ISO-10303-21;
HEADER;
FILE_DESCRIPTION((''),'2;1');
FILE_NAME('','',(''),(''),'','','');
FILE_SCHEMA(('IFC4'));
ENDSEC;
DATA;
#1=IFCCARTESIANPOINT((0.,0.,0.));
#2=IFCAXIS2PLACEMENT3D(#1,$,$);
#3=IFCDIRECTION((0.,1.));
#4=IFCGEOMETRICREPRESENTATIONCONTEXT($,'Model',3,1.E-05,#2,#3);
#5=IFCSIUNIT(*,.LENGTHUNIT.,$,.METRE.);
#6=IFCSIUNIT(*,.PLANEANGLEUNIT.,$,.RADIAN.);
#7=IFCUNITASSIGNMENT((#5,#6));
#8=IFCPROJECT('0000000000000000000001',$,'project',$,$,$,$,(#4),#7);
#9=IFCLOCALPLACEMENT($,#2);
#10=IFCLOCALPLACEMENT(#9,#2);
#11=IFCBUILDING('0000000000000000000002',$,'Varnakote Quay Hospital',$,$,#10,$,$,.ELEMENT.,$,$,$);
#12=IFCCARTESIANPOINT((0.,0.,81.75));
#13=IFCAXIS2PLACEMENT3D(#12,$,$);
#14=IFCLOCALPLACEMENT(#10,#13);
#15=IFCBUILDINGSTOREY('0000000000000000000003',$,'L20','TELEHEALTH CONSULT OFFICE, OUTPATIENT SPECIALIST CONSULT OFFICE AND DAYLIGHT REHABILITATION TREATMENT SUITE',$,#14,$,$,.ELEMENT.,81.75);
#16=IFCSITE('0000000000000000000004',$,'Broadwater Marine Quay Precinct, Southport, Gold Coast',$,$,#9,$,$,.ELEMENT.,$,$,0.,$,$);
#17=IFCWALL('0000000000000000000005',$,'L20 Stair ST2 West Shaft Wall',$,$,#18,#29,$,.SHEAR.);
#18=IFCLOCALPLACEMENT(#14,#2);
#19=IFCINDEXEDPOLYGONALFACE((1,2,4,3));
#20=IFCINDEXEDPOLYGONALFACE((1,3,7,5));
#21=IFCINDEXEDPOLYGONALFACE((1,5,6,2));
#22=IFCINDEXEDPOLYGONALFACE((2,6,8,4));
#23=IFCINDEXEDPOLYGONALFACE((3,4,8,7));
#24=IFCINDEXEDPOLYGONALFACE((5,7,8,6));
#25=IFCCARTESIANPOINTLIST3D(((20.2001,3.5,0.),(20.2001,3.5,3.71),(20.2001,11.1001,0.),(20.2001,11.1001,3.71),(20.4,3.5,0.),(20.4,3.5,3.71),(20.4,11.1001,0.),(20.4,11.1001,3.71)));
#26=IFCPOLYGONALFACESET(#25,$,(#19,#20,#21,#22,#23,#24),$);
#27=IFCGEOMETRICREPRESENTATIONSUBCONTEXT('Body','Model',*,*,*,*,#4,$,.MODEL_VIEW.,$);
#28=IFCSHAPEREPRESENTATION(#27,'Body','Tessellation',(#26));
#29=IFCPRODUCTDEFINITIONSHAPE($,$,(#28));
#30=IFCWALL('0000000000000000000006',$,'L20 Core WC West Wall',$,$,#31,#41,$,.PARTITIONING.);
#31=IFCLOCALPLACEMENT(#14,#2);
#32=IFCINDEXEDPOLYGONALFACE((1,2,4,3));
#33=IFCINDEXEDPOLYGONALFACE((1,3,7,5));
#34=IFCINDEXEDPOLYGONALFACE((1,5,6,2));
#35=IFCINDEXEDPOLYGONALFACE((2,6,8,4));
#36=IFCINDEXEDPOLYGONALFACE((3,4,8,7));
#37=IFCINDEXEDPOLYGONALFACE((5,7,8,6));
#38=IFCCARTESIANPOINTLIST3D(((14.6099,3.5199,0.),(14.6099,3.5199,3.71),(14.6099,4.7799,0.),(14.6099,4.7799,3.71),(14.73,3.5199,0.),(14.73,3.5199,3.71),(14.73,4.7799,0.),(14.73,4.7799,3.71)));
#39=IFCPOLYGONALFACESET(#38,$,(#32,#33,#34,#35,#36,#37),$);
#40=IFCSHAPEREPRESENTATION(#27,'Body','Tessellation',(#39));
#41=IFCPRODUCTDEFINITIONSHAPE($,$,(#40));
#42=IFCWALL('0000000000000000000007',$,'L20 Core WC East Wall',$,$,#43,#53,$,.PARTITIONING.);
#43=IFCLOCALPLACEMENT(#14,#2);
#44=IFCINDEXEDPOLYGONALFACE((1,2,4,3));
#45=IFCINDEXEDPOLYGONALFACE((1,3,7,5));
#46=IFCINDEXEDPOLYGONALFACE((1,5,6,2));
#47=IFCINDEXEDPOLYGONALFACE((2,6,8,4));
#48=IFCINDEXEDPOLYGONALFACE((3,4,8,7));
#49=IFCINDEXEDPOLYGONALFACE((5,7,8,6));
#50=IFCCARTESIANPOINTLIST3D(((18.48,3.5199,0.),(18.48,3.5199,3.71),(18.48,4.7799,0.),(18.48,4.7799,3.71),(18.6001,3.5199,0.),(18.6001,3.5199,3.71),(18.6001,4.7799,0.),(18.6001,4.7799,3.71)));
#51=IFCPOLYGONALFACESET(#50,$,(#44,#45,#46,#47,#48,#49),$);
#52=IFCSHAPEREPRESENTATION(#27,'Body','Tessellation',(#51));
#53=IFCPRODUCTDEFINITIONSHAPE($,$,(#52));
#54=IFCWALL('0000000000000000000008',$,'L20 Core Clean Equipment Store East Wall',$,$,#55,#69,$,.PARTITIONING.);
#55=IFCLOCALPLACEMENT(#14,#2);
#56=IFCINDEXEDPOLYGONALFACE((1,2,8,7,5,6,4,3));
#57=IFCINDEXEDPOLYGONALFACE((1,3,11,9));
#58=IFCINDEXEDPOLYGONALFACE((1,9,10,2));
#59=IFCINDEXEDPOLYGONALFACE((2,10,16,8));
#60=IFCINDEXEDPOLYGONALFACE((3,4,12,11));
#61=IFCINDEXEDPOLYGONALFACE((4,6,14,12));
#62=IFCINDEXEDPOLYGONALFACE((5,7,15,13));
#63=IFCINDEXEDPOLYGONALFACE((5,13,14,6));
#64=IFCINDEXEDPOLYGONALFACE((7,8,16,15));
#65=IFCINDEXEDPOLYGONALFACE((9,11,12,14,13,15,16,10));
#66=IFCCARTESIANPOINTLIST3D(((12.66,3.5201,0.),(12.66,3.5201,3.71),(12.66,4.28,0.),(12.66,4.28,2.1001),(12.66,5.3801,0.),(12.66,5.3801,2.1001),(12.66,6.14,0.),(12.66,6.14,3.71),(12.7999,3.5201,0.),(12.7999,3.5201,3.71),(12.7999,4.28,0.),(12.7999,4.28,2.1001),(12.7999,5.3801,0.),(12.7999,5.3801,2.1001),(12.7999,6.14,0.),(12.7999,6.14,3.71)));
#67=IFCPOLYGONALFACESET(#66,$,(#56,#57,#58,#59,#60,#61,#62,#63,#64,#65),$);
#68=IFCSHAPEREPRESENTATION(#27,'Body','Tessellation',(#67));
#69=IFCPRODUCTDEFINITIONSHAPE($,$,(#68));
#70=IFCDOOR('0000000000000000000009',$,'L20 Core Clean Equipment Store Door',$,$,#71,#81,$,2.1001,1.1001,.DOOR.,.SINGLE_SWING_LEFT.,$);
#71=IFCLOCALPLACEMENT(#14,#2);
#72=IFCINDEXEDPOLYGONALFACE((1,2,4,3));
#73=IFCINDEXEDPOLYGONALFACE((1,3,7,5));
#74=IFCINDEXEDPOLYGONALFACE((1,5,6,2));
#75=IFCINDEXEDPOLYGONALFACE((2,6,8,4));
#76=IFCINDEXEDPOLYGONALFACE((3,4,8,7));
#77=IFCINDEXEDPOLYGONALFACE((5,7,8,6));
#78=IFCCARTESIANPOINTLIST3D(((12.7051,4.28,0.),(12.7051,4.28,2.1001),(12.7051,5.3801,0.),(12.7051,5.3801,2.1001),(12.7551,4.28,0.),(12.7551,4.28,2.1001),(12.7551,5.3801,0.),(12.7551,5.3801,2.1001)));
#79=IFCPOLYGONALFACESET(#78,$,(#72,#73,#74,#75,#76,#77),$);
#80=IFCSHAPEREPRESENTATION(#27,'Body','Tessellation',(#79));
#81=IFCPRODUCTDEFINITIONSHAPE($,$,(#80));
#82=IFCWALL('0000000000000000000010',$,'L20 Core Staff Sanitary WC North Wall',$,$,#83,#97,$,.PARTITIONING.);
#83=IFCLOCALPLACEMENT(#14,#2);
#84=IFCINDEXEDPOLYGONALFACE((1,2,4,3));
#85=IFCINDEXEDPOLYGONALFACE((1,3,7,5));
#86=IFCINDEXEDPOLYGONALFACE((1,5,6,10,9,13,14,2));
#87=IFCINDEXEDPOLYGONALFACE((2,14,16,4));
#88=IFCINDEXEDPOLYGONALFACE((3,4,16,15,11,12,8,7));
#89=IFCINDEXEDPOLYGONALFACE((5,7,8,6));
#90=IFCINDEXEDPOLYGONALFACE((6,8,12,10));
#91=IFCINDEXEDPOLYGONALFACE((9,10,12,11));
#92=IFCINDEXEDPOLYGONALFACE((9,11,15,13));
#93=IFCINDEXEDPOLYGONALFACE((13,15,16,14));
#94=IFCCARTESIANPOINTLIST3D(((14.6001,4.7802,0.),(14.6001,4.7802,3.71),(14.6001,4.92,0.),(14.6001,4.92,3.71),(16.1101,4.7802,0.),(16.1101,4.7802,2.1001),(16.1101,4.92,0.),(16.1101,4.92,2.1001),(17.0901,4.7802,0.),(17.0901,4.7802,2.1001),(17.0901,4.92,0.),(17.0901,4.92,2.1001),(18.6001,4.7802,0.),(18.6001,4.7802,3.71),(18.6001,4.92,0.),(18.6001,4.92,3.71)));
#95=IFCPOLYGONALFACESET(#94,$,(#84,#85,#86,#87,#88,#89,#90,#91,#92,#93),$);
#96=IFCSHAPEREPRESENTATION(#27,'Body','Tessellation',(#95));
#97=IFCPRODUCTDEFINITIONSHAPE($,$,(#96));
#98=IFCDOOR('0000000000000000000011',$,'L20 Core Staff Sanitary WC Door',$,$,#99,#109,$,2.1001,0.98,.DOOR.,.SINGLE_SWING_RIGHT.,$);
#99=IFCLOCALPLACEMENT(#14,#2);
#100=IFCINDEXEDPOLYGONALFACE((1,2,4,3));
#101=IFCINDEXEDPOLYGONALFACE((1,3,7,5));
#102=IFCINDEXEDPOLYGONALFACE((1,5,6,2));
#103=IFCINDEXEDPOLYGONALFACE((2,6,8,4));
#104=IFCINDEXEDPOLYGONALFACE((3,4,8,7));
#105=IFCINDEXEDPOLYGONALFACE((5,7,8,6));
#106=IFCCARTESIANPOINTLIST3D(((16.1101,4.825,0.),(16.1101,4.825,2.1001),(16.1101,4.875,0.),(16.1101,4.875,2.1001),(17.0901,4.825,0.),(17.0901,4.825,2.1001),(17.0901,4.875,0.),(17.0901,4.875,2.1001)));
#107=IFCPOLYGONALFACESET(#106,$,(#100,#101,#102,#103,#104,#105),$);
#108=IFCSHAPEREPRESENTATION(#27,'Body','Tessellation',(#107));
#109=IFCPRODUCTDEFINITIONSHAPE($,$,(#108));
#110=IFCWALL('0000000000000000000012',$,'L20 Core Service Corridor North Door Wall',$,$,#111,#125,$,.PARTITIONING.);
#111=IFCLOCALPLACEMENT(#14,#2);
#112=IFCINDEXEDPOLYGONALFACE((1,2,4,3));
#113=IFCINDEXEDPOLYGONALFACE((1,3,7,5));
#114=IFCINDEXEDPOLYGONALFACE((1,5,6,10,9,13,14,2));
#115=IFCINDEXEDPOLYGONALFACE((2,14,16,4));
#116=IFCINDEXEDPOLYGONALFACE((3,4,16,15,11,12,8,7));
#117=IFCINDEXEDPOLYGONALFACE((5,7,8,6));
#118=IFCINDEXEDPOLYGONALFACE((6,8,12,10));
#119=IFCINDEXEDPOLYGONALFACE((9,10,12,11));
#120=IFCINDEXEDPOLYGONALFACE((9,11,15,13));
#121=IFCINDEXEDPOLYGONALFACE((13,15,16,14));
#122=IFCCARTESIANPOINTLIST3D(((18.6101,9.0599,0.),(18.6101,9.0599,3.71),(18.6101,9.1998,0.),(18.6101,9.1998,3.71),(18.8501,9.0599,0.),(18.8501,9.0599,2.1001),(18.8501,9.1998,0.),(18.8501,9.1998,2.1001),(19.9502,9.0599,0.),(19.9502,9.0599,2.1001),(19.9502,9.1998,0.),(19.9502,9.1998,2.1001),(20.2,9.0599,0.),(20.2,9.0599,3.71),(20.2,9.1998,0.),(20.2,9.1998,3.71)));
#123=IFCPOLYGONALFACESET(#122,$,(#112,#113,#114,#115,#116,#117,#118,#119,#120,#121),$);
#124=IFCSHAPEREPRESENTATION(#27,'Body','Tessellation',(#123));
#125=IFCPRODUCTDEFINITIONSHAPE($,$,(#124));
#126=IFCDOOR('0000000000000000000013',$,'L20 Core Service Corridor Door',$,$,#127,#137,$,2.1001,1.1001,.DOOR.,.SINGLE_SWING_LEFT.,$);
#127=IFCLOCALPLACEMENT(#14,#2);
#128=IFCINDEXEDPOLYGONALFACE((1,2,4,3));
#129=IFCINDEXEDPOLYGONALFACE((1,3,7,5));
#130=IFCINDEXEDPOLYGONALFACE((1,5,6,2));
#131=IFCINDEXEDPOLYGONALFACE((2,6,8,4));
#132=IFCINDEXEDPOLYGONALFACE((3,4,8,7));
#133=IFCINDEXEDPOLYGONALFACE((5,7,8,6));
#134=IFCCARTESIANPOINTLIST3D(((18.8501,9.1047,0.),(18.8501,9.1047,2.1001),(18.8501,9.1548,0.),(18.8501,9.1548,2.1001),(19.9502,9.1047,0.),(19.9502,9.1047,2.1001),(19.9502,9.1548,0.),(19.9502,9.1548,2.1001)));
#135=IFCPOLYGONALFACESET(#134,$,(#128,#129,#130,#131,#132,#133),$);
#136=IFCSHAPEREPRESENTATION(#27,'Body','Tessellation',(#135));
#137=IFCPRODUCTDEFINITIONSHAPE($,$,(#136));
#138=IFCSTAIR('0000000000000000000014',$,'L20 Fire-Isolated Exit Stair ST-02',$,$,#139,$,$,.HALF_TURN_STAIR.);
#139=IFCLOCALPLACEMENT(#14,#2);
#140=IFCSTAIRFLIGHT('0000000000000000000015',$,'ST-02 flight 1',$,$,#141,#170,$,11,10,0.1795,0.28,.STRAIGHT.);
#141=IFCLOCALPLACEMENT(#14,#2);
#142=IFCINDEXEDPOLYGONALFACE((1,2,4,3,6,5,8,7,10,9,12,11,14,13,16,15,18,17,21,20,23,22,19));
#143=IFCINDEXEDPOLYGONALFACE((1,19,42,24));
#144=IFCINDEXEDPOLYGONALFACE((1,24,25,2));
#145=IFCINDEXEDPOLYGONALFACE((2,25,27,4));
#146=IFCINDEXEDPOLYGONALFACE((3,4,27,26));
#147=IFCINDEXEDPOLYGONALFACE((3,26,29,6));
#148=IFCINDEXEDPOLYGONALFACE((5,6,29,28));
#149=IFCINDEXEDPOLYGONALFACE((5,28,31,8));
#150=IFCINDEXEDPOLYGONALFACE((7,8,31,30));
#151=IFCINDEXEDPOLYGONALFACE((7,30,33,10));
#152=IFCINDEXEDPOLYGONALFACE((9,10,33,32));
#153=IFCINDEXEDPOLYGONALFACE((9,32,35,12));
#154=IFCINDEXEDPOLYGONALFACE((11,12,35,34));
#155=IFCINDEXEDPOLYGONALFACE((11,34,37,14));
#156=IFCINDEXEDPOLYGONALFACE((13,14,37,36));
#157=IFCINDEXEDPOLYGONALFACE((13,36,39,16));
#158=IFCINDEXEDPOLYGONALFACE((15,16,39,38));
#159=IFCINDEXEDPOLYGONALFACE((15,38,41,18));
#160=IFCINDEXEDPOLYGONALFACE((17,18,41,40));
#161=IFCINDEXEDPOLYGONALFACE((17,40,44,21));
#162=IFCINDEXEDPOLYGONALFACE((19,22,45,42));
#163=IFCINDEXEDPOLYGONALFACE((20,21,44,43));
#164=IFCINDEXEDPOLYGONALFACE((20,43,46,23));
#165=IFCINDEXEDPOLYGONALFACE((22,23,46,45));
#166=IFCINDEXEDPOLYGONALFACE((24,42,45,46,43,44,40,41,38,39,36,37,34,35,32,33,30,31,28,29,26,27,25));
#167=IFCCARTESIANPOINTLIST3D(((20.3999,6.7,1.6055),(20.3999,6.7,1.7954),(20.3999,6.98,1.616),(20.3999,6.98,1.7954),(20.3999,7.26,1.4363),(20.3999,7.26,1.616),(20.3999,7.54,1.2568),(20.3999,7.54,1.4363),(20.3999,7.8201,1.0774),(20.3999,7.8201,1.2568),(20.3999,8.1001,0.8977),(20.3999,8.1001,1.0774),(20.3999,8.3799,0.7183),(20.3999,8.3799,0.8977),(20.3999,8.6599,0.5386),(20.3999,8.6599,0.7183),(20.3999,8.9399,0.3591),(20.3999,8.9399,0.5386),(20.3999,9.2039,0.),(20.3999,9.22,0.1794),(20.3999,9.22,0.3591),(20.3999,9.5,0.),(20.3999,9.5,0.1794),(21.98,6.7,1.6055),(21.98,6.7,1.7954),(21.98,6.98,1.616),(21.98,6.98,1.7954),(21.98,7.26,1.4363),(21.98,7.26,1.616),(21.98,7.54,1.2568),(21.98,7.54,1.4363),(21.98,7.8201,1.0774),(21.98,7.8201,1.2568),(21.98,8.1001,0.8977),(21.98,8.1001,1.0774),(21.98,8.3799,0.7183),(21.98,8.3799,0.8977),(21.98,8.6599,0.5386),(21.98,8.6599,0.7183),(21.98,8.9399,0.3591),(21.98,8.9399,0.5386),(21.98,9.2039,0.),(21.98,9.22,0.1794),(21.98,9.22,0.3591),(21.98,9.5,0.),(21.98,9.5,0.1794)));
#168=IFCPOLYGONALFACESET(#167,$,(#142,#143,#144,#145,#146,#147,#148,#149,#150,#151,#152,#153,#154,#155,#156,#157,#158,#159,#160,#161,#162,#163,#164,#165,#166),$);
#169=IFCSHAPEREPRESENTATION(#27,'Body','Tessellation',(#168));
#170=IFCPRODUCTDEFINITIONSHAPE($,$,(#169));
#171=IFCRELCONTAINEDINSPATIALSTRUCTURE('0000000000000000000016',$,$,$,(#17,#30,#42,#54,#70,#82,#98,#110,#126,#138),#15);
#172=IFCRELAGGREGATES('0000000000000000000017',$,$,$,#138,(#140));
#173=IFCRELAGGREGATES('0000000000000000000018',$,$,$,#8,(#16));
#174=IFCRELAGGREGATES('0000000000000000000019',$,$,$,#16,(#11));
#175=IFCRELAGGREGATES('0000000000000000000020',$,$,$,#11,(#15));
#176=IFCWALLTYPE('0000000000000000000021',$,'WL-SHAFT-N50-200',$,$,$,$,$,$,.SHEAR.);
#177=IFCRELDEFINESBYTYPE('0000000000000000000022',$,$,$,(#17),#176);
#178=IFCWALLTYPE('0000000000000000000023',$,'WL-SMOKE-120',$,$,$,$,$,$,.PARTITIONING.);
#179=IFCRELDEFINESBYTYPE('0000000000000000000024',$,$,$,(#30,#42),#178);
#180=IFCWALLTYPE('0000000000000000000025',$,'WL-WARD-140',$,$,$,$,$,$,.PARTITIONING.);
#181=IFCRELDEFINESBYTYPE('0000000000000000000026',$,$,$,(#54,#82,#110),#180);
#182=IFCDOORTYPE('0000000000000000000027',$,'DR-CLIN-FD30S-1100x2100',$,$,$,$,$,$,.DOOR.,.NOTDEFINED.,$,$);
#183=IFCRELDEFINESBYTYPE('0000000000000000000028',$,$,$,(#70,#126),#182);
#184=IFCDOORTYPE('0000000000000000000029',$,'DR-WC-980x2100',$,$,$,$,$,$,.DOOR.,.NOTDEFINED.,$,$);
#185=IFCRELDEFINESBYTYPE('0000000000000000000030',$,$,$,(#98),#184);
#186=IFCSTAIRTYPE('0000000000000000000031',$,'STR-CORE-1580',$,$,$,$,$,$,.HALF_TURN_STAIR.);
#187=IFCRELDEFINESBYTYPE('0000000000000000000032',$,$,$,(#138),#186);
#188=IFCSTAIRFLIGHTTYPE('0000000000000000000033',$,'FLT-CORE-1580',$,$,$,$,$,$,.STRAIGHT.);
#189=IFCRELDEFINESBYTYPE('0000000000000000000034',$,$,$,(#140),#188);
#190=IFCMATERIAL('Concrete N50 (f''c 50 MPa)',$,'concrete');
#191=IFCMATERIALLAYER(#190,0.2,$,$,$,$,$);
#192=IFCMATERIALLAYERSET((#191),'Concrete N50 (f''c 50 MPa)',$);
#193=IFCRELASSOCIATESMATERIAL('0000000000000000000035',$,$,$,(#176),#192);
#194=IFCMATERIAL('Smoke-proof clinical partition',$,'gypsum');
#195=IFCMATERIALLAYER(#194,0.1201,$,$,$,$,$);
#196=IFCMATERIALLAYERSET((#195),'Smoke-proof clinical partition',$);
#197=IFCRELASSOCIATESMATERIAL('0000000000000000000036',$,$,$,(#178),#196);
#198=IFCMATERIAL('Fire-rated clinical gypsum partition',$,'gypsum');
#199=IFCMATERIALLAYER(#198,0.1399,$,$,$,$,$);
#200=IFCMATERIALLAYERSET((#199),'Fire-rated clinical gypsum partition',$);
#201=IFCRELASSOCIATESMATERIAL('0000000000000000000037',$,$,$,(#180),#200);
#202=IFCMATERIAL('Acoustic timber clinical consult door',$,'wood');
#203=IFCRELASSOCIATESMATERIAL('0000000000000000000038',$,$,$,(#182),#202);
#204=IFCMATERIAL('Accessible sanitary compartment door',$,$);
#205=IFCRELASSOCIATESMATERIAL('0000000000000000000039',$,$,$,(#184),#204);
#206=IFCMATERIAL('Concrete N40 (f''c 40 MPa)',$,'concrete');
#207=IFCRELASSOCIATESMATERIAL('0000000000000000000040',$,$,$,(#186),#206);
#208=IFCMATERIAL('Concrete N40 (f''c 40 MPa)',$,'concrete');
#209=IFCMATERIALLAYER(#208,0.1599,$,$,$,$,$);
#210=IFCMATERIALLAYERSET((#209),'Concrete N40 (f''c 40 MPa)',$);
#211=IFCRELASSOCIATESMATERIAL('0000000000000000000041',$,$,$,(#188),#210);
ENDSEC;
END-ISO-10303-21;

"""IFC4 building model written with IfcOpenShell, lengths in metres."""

from ifc_helpers import new_model, si_unit, direction, frame, frame_2d, origin, place, context, subcontext, project, spatial, polyline, rectangle, outline, extrude, material, layer, layer_set, type_object, element, fill, aggregate, save


model = new_model("IFC4")

# Units and contexts
model_context = context("Model", 3, precision=1e-05, world=origin(), true_north=direction((0.0, 1.0)))
body_context = subcontext(model_context, "Body", "Model", "MODEL_VIEW")
ifc_project = project(units=[si_unit("LENGTHUNIT", "METRE"), si_unit("PLANEANGLEUNIT", "RADIAN")], contexts=[model_context])

# Site, building, storey
site_placement = place(None, origin())
site = spatial("IfcSite", under=ifc_project, at=site_placement, Name="Broadwater Marine Quay Precinct, Southport, Gold Coast", CompositionType="ELEMENT", RefElevation=0.0)
building_placement = place(site_placement, origin())
building = spatial("IfcBuilding", under=site, at=building_placement, Name="Varnakote Quay Hospital", CompositionType="ELEMENT")
storey_placement = place(building_placement, frame((0.0, 0.0, 81.75)))
storey = spatial("IfcBuildingStorey", under=building, at=storey_placement, Name="L20", Description="TELEHEALTH CONSULT OFFICE, OUTPATIENT SPECIALIST CONSULT OFFICE AND DAYLIGHT REHABILITATION TREATMENT SUITE", CompositionType="ELEMENT", Elevation=81.75)

# Wall
ifc_material_1 = material(Name="Concrete N50 (f'c 50 MPa)", Category="concrete")
ifc_layer_1 = layer(ifc_material_1, 0.2)
ifc_layer_set_1 = layer_set([ifc_layer_1], Name="Concrete N50 (f'c 50 MPa)")
wall_type_1 = type_object("IfcWallType", Name="WL-SHAFT-N50-200", PredefinedType="SHEAR", material=ifc_layer_set_1)
wall_1_placement = place(storey_placement, frame((20.3, 3.5, 0.0), z_axis=(0.0, 0.0, 1.0), x_axis=(0.0, 1.0, 0.0)))
element("IfcWall", 1, at=wall_1_placement, inside=storey, type_object=wall_type_1, Name="L20 Stair ST2 West Shaft Wall", PredefinedType="SHEAR", context=body_context, shape_type="SweptSolid", body=[
    extrude(rectangle(XDim=7.6001, YDim=0.2, at=frame_2d((3.8, 0.0))), origin(), (0.0, 0.0, 1.0), 3.71),
])

# Walls
ifc_material_2 = material(Name="Smoke-proof clinical partition", Category="gypsum")
ifc_layer_2 = layer(ifc_material_2, 0.1201)
ifc_layer_set_2 = layer_set([ifc_layer_2], Name="Smoke-proof clinical partition")
wall_type_2 = type_object("IfcWallType", Name="WL-SMOKE-120", PredefinedType="PARTITIONING", material=ifc_layer_set_2)
for number, where, z_axis, x_axis, name in (
    (2, (14.6699, 3.52, 0.0), (0.0, 0.0, 1.0), (0.0, 1.0, 0.0), "L20 Core WC West Wall"),
    (3, (18.54, 3.52, 0.0), (0.0, 0.0, 1.0), (0.0, 1.0, 0.0), "L20 Core WC East Wall"),
):
    element("IfcWall", number, at=place(storey_placement, frame(where, z_axis=z_axis, x_axis=x_axis)), inside=storey, type_object=wall_type_2, Name=name, PredefinedType="PARTITIONING", context=body_context, shape_type="SweptSolid", body=[
        extrude(rectangle(XDim=1.26, YDim=0.1201, at=frame_2d((0.6299, 0.0))), origin(), (0.0, 0.0, 1.0), 3.71),
    ])

# Walls, openings, doors
ifc_material_3 = material(Name="Fire-rated clinical gypsum partition", Category="gypsum")
ifc_layer_3 = layer(ifc_material_3, 0.1399)
ifc_layer_set_3 = layer_set([ifc_layer_3], Name="Fire-rated clinical gypsum partition")
wall_type_3 = type_object("IfcWallType", Name="WL-WARD-140", PredefinedType="PARTITIONING", material=ifc_layer_set_3)
wall_2_placement = place(storey_placement, frame((12.73, 3.52, 0.0), z_axis=(0.0, 0.0, 1.0), x_axis=(0.0, 1.0, 0.0)))
wall_2 = element("IfcWall", 4, at=wall_2_placement, inside=storey, type_object=wall_type_3, Name="L20 Core Clean Equipment Store East Wall", PredefinedType="PARTITIONING", context=body_context, shape_type="SweptSolid", body=[
    extrude(rectangle(XDim=2.6199, YDim=0.1399, at=frame_2d((1.3101, 0.0))), origin(), (0.0, 0.0, 1.0), 3.71),
])
opening_1_placement = place(wall_2_placement, frame((0.76, 0.0, 0.0)))
opening_1 = element("IfcOpeningElement", 5, at=opening_1_placement, cuts=wall_2, PredefinedType="OPENING", context=body_context, shape_type="SweptSolid", body=[
    extrude(rectangle(XDim=1.1001, YDim=2.1001, at=frame_2d((0.55, 1.05))), frame((0.0, 0.0798, 0.0), z_axis=(0.0, -1.0, 0.0), x_axis=(1.0, 0.0, 0.0)), (0.0, 0.0, 1.0), 0.1599),
])
ifc_material_4 = material(Name="Acoustic timber clinical consult door", Category="wood")
door_type_1 = type_object("IfcDoorType", Name="DR-CLIN-FD30S-1100x2100", OperationType="NOTDEFINED", PredefinedType="DOOR", material=ifc_material_4)
door_1_placement = place(opening_1_placement, origin())
door_1 = element("IfcDoor", 6, at=door_1_placement, inside=storey, type_object=door_type_1, Name="L20 Core Clean Equipment Store Door", OperationType="SINGLE_SWING_LEFT", OverallHeight=2.1001, OverallWidth=1.1001, PredefinedType="DOOR", context=body_context, shape_type="SweptSolid", body=[
    extrude(rectangle(XDim=1.1001, YDim=2.1001, at=frame_2d((0.55, 1.05))), frame((0.0, 0.0249, 0.0), z_axis=(0.0, -1.0, 0.0), x_axis=(1.0, 0.0, 0.0)), (0.0, 0.0, 1.0), 0.05),
])
fill(opening_1, door_1)
wall_3_placement = place(storey_placement, frame((14.6001, 4.8501, 0.0), z_axis=(0.0, 0.0, 1.0), x_axis=(1.0, 0.0, 0.0)))
wall_3 = element("IfcWall", 7, at=wall_3_placement, inside=storey, type_object=wall_type_3, Name="L20 Core Staff Sanitary WC North Wall", PredefinedType="PARTITIONING", context=body_context, shape_type="SweptSolid", body=[
    extrude(rectangle(XDim=4.0, YDim=0.1399, at=frame_2d((2.0, 0.0))), origin(), (0.0, 0.0, 1.0), 3.71),
])
opening_2_placement = place(wall_3_placement, frame((1.51, 0.0, 0.0)))
opening_2 = element("IfcOpeningElement", 8, at=opening_2_placement, cuts=wall_3, PredefinedType="OPENING", context=body_context, shape_type="SweptSolid", body=[
    extrude(rectangle(XDim=0.98, YDim=2.1001, at=frame_2d((0.49, 1.05))), frame((0.0, 0.0798, 0.0), z_axis=(0.0, -1.0, 0.0), x_axis=(1.0, 0.0, 0.0)), (0.0, 0.0, 1.0), 0.1599),
])
ifc_material_5 = material(Name="Accessible sanitary compartment door")
door_type_2 = type_object("IfcDoorType", Name="DR-WC-980x2100", OperationType="NOTDEFINED", PredefinedType="DOOR", material=ifc_material_5)
door_2_placement = place(opening_2_placement, origin())
door_2 = element("IfcDoor", 9, at=door_2_placement, inside=storey, type_object=door_type_2, Name="L20 Core Staff Sanitary WC Door", OperationType="SINGLE_SWING_RIGHT", OverallHeight=2.1001, OverallWidth=0.98, PredefinedType="DOOR", context=body_context, shape_type="SweptSolid", body=[
    extrude(rectangle(XDim=0.98, YDim=2.1001, at=frame_2d((0.49, 1.05))), frame((0.0, 0.0249, 0.0), z_axis=(0.0, -1.0, 0.0), x_axis=(1.0, 0.0, 0.0)), (0.0, 0.0, 1.0), 0.05),
])
fill(opening_2, door_2)
wall_4_placement = place(storey_placement, frame((18.6101, 9.1299, 0.0), z_axis=(0.0, 0.0, 1.0), x_axis=(1.0, 0.0, 0.0)))
wall_4 = element("IfcWall", 10, at=wall_4_placement, inside=storey, type_object=wall_type_3, Name="L20 Core Service Corridor North Door Wall", PredefinedType="PARTITIONING", context=body_context, shape_type="SweptSolid", body=[
    extrude(rectangle(XDim=1.5898, YDim=0.1399, at=frame_2d((0.7949, 0.0))), origin(), (0.0, 0.0, 1.0), 3.71),
])
opening_3_placement = place(wall_4_placement, frame((0.24, 0.0, 0.0)))
opening_3 = element("IfcOpeningElement", 11, at=opening_3_placement, cuts=wall_4, PredefinedType="OPENING", context=body_context, shape_type="SweptSolid", body=[
    extrude(rectangle(XDim=1.1001, YDim=2.1001, at=frame_2d((0.55, 1.05))), frame((0.0, 0.0798, 0.0), z_axis=(0.0, -1.0, 0.0), x_axis=(1.0, 0.0, 0.0)), (0.0, 0.0, 1.0), 0.1599),
])
door_3_placement = place(opening_3_placement, origin())
door_3 = element("IfcDoor", 12, at=door_3_placement, inside=storey, type_object=door_type_1, Name="L20 Core Service Corridor Door", OperationType="SINGLE_SWING_LEFT", OverallHeight=2.1001, OverallWidth=1.1001, PredefinedType="DOOR", context=body_context, shape_type="SweptSolid", body=[
    extrude(rectangle(XDim=1.1001, YDim=2.1001, at=frame_2d((0.55, 1.05))), frame((0.0, 0.0249, 0.0), z_axis=(0.0, -1.0, 0.0), x_axis=(1.0, 0.0, 0.0)), (0.0, 0.0, 1.0), 0.05),
])
fill(opening_3, door_3)

# Stair, stair flight
ifc_material_6 = material(Name="Concrete N40 (f'c 40 MPa)", Category="concrete")
stair_type = type_object("IfcStairType", Name="STR-CORE-1580", PredefinedType="HALF_TURN_STAIR", material=ifc_material_6)
stair_placement = place(storey_placement, origin())
stair = element("IfcStair", 13, at=stair_placement, inside=storey, type_object=stair_type, Name="L20 Fire-Isolated Exit Stair ST-02", PredefinedType="HALF_TURN_STAIR")
ifc_material_7 = material(Name="Concrete N40 (f'c 40 MPa)", Category="concrete")
ifc_layer_4 = layer(ifc_material_7, 0.1599)
ifc_layer_set_4 = layer_set([ifc_layer_4], Name="Concrete N40 (f'c 40 MPa)")
stair_flight_type = type_object("IfcStairFlightType", Name="FLT-CORE-1580", PredefinedType="STRAIGHT", material=ifc_layer_set_4)
stair_flight_placement = place(storey_placement, frame((21.1899, 9.5, 0.0), z_axis=(0.0, 0.0, 1.0), x_axis=(0.0, -1.0, 0.0)))
stair_flight = element("IfcStairFlight", 14, at=stair_flight_placement, type_object=stair_flight_type, Name="ST-02 flight 1", NumberOfRisers=11, NumberOfTreads=10, PredefinedType="STRAIGHT", RiserHeight=0.1795, TreadLength=0.28, context=body_context, shape_type="SweptSolid", body=[
    extrude(outline(polyline([(0.0, 0.0), (0.0, 0.1794), (0.28, 0.1794), (0.28, 0.3591), (0.5601, 0.3591), (0.5601, 0.5386), (0.8401, 0.5386), (0.8401, 0.7183), (1.1201, 0.7183), (1.1201, 0.8977), (1.3999, 0.8977), (1.3999, 1.0774), (1.6799, 1.0774), (1.6799, 1.2568), (1.96, 1.2568), (1.96, 1.4363), (2.24, 1.4363), (2.24, 1.616), (2.52, 1.616), (2.52, 1.7954), (2.8, 1.7954), (2.8, 1.9751), (2.8, 1.6055), (0.2961, 0.0), (0.0, 0.0)])), frame((0.0, 0.79, 0.0), z_axis=(0.0, -1.0, 0.0), x_axis=(1.0, 0.0, 0.0)), (0.0, 0.0, 1.0), 1.5801),
])
aggregate(stair, [stair_flight])

save(model, "model.ifc")
